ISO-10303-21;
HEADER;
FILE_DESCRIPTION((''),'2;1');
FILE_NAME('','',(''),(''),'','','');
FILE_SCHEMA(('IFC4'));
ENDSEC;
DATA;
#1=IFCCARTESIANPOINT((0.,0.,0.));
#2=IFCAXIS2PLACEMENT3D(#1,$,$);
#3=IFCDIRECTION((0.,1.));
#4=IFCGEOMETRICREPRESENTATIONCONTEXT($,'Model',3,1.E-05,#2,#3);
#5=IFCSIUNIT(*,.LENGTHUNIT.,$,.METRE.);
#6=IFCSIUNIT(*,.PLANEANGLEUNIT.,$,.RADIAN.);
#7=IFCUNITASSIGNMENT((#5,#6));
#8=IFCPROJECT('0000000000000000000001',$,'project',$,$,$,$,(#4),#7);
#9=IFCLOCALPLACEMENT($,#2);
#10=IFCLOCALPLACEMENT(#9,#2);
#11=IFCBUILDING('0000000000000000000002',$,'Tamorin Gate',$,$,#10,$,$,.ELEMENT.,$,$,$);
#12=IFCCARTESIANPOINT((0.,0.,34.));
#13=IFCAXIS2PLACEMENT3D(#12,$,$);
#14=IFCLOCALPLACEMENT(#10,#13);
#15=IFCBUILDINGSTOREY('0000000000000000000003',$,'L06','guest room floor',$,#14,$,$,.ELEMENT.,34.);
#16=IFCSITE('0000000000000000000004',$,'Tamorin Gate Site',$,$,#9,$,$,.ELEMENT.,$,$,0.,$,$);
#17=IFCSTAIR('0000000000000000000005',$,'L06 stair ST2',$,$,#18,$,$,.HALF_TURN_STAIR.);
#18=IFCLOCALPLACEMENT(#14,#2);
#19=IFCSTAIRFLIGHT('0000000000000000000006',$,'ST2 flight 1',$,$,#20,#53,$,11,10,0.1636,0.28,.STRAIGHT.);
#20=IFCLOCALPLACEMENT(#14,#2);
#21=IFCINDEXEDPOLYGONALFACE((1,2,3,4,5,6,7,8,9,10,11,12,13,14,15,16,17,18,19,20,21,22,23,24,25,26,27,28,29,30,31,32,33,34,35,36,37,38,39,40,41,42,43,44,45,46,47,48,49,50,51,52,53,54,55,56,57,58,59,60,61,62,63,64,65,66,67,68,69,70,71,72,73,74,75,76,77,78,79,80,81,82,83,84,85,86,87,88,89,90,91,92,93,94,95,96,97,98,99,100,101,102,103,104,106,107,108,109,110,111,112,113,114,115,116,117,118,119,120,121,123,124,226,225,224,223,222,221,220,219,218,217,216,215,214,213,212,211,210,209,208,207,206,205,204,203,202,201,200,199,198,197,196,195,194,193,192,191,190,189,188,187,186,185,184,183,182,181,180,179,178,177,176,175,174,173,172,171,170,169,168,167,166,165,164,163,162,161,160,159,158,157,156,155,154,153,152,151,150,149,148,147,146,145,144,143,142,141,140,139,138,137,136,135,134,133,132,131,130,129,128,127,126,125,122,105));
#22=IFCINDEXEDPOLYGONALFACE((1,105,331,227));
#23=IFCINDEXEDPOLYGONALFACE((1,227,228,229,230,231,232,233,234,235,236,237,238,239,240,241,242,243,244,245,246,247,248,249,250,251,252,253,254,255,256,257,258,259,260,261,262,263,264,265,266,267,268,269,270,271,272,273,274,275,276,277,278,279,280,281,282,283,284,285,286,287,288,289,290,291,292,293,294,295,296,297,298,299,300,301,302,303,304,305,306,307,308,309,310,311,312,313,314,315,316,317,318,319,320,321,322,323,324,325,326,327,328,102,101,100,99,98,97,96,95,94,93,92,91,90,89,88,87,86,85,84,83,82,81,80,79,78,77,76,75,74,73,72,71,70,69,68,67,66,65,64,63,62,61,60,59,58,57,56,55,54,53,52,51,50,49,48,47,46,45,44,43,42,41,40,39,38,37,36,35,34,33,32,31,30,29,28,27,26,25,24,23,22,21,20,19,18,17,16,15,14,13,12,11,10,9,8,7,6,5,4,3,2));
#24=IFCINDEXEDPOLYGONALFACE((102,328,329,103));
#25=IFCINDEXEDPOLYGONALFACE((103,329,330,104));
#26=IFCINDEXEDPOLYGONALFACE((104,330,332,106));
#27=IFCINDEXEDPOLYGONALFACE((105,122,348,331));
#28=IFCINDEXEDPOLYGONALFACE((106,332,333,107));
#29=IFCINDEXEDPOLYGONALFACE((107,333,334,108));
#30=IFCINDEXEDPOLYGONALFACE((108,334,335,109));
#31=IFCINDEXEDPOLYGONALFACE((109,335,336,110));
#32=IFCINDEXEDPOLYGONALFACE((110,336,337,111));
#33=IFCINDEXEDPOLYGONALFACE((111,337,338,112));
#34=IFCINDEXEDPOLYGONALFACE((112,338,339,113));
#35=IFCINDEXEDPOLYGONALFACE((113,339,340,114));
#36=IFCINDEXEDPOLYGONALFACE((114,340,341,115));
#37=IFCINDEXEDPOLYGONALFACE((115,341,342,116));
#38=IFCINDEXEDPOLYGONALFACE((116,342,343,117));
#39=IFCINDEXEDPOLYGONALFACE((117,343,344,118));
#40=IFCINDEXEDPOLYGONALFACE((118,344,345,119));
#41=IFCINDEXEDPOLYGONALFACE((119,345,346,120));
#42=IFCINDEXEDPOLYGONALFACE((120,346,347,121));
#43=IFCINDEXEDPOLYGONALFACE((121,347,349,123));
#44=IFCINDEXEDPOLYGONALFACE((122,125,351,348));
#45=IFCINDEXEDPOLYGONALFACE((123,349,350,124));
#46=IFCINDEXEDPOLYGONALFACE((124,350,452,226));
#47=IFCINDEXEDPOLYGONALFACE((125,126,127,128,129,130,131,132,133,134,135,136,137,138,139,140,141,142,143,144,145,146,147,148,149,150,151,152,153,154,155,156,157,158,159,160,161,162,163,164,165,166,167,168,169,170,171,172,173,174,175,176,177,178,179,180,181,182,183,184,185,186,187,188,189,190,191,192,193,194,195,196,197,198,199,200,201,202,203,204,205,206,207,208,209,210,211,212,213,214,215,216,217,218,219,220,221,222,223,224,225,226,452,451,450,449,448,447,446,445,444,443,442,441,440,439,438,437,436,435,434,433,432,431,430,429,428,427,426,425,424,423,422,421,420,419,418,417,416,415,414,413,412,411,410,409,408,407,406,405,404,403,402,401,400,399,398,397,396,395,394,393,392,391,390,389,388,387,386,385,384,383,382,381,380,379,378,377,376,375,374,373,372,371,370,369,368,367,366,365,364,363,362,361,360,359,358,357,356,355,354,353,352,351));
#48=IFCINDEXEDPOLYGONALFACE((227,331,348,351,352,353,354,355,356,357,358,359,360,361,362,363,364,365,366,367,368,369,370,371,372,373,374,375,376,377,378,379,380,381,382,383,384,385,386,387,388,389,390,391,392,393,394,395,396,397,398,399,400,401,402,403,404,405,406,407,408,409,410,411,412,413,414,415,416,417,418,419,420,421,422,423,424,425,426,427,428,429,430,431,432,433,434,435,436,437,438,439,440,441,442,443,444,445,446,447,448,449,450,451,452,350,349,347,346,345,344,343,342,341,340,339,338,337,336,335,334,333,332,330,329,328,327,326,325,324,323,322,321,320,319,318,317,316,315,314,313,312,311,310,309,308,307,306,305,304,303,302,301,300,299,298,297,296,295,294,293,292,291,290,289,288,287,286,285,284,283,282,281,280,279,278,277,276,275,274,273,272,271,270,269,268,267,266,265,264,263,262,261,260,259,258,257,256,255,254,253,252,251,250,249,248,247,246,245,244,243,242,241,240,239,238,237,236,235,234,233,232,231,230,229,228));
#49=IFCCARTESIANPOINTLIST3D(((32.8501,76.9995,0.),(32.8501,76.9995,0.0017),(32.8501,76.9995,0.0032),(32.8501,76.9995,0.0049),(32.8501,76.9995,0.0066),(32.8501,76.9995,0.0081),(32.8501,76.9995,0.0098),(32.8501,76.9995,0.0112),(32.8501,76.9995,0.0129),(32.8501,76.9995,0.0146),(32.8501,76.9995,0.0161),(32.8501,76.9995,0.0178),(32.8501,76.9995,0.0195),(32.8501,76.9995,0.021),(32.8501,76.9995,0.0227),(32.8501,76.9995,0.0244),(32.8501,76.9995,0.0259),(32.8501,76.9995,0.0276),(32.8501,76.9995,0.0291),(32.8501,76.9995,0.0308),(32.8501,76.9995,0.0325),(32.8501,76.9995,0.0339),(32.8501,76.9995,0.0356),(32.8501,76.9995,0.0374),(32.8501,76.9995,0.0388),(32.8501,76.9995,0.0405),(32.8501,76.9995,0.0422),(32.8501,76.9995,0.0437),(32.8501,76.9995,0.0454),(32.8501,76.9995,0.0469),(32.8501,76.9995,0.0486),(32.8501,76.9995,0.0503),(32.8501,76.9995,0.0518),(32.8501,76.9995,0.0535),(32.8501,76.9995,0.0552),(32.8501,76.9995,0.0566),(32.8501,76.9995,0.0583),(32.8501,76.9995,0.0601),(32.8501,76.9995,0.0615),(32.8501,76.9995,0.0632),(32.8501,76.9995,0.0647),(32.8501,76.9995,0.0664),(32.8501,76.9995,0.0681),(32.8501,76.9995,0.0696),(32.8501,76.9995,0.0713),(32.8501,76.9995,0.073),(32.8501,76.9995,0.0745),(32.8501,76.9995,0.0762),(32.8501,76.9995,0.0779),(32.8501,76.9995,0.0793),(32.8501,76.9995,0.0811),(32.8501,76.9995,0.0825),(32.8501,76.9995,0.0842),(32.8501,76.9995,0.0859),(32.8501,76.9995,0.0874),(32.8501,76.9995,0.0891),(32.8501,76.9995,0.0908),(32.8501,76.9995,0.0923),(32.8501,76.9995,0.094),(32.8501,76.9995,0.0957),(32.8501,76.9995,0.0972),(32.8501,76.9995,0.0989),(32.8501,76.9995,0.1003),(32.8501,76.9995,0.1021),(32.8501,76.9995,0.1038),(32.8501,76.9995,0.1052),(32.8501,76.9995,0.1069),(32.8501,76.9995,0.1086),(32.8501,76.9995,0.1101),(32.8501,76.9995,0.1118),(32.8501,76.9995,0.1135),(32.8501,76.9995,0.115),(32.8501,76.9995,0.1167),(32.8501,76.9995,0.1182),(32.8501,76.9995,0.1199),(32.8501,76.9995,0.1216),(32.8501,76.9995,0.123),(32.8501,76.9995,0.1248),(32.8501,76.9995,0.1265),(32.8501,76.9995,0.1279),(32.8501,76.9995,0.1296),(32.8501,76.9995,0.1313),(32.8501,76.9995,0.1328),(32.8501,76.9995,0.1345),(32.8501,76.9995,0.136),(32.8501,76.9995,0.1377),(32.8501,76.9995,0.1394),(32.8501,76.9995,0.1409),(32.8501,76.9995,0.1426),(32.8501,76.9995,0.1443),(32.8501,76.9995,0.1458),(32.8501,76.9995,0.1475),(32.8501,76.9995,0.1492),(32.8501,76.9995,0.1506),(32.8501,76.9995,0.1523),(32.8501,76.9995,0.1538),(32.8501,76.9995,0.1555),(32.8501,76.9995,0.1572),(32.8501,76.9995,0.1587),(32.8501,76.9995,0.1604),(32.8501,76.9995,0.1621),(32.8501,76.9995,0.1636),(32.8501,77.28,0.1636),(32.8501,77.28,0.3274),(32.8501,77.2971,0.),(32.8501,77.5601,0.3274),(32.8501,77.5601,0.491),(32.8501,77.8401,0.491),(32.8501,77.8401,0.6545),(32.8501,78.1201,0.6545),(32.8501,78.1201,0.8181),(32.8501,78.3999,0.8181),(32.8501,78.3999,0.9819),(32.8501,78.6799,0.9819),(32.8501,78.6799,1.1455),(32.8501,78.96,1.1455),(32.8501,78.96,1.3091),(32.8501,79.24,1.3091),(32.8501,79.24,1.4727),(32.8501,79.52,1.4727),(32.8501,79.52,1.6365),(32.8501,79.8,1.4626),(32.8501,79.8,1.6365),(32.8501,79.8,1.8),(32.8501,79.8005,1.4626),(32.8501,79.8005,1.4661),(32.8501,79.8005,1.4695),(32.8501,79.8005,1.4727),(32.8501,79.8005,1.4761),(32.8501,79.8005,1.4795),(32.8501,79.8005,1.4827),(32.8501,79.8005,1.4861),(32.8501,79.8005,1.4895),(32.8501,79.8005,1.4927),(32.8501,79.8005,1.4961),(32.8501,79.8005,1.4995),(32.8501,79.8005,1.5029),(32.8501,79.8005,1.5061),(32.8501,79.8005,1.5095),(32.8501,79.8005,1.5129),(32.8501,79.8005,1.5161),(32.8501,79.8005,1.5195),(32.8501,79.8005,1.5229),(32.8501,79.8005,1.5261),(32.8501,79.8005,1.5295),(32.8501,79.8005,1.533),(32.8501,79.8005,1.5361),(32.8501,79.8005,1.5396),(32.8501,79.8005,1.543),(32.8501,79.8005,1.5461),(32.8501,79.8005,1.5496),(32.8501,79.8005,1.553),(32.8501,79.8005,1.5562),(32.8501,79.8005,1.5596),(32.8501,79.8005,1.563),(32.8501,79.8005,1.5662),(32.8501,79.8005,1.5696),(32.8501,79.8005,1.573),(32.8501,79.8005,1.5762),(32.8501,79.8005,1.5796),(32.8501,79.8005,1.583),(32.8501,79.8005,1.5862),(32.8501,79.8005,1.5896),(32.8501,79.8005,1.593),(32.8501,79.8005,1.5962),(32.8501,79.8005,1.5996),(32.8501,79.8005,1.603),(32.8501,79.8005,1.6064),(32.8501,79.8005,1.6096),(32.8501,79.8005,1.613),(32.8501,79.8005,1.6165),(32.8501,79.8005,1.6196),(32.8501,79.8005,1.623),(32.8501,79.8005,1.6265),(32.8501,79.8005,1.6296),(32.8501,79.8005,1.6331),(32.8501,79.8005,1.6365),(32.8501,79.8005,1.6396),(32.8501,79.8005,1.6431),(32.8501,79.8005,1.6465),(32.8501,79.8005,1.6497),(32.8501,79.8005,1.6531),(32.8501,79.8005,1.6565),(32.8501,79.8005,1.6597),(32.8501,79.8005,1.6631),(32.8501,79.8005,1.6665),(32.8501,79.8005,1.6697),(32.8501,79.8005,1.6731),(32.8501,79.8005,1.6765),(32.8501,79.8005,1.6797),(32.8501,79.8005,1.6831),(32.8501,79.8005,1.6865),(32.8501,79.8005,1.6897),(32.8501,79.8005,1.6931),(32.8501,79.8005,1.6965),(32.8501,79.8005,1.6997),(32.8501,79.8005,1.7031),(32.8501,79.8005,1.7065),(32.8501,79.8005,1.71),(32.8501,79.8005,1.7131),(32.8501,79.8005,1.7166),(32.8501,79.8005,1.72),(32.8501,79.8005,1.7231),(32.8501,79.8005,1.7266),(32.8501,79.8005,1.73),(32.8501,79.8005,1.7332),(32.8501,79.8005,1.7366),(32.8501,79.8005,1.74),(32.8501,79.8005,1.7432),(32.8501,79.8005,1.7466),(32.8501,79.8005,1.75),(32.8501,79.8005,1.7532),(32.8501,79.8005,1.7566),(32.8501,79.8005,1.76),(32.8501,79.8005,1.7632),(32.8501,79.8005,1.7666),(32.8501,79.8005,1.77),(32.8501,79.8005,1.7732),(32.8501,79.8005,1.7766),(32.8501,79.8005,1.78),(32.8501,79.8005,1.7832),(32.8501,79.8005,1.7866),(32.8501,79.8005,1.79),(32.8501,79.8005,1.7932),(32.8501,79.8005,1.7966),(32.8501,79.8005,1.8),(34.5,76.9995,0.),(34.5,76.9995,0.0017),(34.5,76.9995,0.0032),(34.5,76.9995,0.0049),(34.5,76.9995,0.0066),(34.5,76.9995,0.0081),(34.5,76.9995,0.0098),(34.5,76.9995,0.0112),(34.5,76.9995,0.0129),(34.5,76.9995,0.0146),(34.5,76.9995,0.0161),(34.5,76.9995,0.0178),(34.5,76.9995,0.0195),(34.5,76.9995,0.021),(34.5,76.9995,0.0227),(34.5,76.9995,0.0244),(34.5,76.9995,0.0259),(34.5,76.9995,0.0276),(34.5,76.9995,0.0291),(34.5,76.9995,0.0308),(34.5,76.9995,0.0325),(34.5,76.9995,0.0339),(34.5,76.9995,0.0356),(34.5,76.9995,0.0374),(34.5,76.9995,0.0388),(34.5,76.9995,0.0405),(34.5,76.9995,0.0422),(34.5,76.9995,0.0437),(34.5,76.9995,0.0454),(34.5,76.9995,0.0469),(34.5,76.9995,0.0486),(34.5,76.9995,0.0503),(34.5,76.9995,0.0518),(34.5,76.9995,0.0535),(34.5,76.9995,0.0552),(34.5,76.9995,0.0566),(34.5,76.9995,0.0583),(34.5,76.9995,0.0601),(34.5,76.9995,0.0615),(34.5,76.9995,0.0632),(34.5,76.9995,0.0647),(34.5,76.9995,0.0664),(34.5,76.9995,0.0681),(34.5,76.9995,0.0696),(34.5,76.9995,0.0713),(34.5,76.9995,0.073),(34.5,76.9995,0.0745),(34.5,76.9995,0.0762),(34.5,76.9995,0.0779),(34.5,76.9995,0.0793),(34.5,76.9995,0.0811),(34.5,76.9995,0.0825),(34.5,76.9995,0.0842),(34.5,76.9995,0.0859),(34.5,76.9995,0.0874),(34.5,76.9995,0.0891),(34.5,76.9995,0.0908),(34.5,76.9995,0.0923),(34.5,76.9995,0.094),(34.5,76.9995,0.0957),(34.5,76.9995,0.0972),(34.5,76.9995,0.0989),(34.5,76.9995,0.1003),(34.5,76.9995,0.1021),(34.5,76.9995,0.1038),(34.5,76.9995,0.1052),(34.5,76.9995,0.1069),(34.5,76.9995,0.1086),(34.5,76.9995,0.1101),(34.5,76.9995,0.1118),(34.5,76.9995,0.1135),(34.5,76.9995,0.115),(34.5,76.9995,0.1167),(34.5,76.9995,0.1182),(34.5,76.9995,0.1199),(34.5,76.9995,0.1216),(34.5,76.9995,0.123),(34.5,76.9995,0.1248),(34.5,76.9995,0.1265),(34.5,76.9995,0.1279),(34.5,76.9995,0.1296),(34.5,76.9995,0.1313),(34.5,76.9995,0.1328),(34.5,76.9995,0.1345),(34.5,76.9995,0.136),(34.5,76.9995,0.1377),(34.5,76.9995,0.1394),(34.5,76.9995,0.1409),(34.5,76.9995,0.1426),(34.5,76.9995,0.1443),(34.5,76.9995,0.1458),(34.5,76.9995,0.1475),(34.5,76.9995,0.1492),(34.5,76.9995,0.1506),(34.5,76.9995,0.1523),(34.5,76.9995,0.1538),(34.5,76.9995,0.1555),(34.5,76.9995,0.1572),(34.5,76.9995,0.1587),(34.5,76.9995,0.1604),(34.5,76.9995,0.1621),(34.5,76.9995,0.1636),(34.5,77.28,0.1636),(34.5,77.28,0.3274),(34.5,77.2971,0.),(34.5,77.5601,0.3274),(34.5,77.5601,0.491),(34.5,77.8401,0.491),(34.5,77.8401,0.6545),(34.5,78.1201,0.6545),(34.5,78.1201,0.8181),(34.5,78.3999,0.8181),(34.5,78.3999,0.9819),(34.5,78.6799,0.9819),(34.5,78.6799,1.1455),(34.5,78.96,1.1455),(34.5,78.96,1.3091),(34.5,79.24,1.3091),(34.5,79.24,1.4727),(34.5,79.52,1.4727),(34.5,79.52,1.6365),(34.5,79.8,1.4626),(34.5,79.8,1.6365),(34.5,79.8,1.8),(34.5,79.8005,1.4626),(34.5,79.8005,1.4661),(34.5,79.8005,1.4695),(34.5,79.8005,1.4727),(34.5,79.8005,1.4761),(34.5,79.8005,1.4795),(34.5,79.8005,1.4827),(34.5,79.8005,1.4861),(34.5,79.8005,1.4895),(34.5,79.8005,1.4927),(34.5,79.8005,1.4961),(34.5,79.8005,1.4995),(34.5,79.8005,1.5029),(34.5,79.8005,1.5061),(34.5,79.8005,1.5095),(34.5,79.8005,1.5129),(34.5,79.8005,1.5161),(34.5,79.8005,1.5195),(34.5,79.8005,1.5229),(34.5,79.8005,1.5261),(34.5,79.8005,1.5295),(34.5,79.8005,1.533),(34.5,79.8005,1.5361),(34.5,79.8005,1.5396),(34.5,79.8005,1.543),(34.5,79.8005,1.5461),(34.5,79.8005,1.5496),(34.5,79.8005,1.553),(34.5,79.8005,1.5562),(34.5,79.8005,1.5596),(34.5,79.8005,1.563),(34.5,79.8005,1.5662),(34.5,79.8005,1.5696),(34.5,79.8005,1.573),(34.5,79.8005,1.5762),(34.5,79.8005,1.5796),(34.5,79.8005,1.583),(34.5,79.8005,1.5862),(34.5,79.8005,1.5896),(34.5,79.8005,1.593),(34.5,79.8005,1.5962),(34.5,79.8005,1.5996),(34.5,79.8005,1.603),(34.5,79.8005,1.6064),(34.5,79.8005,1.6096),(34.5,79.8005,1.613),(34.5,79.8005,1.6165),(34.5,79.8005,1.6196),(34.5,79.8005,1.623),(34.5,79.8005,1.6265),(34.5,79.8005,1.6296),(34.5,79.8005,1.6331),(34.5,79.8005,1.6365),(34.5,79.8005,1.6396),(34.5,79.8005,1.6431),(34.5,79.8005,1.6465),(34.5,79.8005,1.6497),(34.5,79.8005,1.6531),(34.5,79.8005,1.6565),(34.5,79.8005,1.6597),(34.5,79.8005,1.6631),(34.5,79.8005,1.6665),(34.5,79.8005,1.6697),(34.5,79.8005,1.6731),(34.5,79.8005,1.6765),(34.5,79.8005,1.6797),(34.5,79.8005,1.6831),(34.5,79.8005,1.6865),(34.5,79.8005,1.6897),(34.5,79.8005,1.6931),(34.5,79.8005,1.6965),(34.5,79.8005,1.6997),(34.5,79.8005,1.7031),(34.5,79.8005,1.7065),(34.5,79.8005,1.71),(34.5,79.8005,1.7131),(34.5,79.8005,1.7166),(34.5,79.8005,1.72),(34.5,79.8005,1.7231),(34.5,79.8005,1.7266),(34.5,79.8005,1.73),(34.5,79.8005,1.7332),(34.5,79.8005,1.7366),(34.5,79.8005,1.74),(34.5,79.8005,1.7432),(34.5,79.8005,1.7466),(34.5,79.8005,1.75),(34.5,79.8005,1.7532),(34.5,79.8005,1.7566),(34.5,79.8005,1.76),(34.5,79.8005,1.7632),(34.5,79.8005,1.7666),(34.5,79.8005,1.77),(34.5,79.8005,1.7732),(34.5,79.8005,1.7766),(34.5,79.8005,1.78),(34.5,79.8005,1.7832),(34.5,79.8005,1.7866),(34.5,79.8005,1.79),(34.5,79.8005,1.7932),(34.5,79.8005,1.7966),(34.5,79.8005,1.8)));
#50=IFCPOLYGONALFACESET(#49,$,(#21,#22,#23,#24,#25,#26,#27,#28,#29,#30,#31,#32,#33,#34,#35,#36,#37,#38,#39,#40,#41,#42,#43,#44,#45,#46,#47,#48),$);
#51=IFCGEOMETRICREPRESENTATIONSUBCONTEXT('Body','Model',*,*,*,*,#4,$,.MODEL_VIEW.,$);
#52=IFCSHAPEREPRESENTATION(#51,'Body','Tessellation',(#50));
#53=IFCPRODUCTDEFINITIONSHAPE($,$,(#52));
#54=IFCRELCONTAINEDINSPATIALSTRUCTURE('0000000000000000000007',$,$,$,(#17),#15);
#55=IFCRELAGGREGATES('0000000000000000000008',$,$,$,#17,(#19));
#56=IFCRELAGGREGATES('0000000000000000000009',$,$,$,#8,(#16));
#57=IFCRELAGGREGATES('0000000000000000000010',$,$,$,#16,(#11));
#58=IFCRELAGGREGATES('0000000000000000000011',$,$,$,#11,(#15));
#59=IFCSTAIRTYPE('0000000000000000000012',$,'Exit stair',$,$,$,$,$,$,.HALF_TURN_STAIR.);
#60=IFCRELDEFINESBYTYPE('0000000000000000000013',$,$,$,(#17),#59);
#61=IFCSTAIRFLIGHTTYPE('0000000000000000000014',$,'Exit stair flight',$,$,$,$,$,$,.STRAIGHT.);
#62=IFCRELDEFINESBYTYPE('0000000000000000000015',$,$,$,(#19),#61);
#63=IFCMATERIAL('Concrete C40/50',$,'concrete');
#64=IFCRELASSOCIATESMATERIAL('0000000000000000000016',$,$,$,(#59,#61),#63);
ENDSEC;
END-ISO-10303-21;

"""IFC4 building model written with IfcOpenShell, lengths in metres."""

from ifc_helpers import new_model, si_unit, direction, frame, origin, place, context, subcontext, project, spatial, polyline, outline, extrude, material, type_object, element, aggregate, save


model = new_model("IFC4")

# Units and contexts
model_context = context("Model", 3, precision=1e-05, world=origin(), true_north=direction((0.0, 1.0)))
body_context = subcontext(model_context, "Body", "Model", "MODEL_VIEW")
ifc_project = project(units=[si_unit("LENGTHUNIT", "METRE"), si_unit("PLANEANGLEUNIT", "RADIAN")], contexts=[model_context])

# Site, building, storey
site_placement = place(None, origin())
site = spatial("IfcSite", under=ifc_project, at=site_placement, Name="Tamorin Gate Site", CompositionType="ELEMENT", RefElevation=0.0)
building_placement = place(site_placement, origin())
building = spatial("IfcBuilding", under=site, at=building_placement, Name="Tamorin Gate", CompositionType="ELEMENT")
storey_placement = place(building_placement, frame((0.0, 0.0, 34.0)))
storey = spatial("IfcBuildingStorey", under=building, at=storey_placement, Name="L06", Description="guest room floor", CompositionType="ELEMENT", Elevation=34.0)

# Stair, stair flight
ifc_material_1 = material(Name="Concrete C40/50", Category="concrete")
stair_type = type_object("IfcStairType", Name="Exit stair", PredefinedType="HALF_TURN_STAIR", material=ifc_material_1)
stair_placement = place(storey_placement, origin())
stair = element("IfcStair", 1, at=stair_placement, inside=storey, type_object=stair_type, Name="L06 stair ST2", PredefinedType="HALF_TURN_STAIR")
stair_flight_type = type_object("IfcStairFlightType", Name="Exit stair flight", PredefinedType="STRAIGHT", material=ifc_material_1)
stair_flight_1_placement = place(storey_placement, frame((33.675, 77.0, 0.0), z_axis=(0.0, 0.0, 1.0), x_axis=(0.0, 1.0, 0.0)))
stair_flight_1 = element("IfcStairFlight", 2, at=stair_flight_1_placement, type_object=stair_flight_type, Name="ST2 flight 1", NumberOfRisers=11, NumberOfTreads=10, PredefinedType="STRAIGHT", RiserHeight=0.1636, TreadLength=0.28, context=body_context, shape_type="SweptSolid", body=[
    extrude(outline(polyline([(-0.0005, 0.0), (-0.0005, 0.0017), (-0.0005, 0.0032), (-0.0005, 0.0049), (-0.0005, 0.0066), (-0.0005, 0.0081), (-0.0005, 0.0098), (-0.0005, 0.0112), (-0.0005, 0.0129), (-0.0005, 0.0146), (-0.0005, 0.0161), (-0.0005, 0.0178), (-0.0005, 0.0195), (-0.0005, 0.021), (-0.0005, 0.0227), (-0.0005, 0.0244), (-0.0005, 0.0259), (-0.0005, 0.0276), (-0.0005, 0.0291), (-0.0005, 0.0308), (-0.0005, 0.0325), (-0.0005, 0.0339), (-0.0005, 0.0356), (-0.0005, 0.0374), (-0.0005, 0.0388), (-0.0005, 0.0405), (-0.0005, 0.0422), (-0.0005, 0.0437), (-0.0005, 0.0454), (-0.0005, 0.0469), (-0.0005, 0.0486), (-0.0005, 0.0503), (-0.0005, 0.0518), (-0.0005, 0.0535), (-0.0005, 0.0552), (-0.0005, 0.0566), (-0.0005, 0.0583), (-0.0005, 0.0601), (-0.0005, 0.0615), (-0.0005, 0.0632), (-0.0005, 0.0647), (-0.0005, 0.0664), (-0.0005, 0.0681), (-0.0005, 0.0696), (-0.0005, 0.0713), (-0.0005, 0.073), (-0.0005, 0.0745), (-0.0005, 0.0762), (-0.0005, 0.0779), (-0.0005, 0.0793), (-0.0005, 0.0811), (-0.0005, 0.0825), (-0.0005, 0.0842), (-0.0005, 0.0859), (-0.0005, 0.0874), (-0.0005, 0.0891), (-0.0005, 0.0908), (-0.0005, 0.0923), (-0.0005, 0.094), (-0.0005, 0.0957), (-0.0005, 0.0972), (-0.0005, 0.0989), (-0.0005, 0.1003), (-0.0005, 0.1021), (-0.0005, 0.1038), (-0.0005, 0.1052), (-0.0005, 0.1069), (-0.0005, 0.1086), (-0.0005, 0.1101), (-0.0005, 0.1118), (-0.0005, 0.1135), (-0.0005, 0.115), (-0.0005, 0.1167), (-0.0005, 0.1182), (-0.0005, 0.1199), (-0.0005, 0.1216), (-0.0005, 0.123), (-0.0005, 0.1248), (-0.0005, 0.1265), (-0.0005, 0.1279), (-0.0005, 0.1296), (-0.0005, 0.1313), (-0.0005, 0.1328), (-0.0005, 0.1345), (-0.0005, 0.136), (-0.0005, 0.1377), (-0.0005, 0.1394), (-0.0005, 0.1409), (-0.0005, 0.1426), (-0.0005, 0.1443), (-0.0005, 0.1458), (-0.0005, 0.1475), (-0.0005, 0.1492), (-0.0005, 0.1506), (-0.0005, 0.1523), (-0.0005, 0.1538), (-0.0005, 0.1555), (-0.0005, 0.1572), (-0.0005, 0.1587), (-0.0005, 0.1604), (-0.0005, 0.1621), (-0.0005, 0.1636), (0.28, 0.1636), (0.28, 0.3274), (0.5601, 0.3274), (0.5601, 0.491), (0.8401, 0.491), (0.8401, 0.6545), (1.1201, 0.6545), (1.1201, 0.8181), (1.3999, 0.8181), (1.3999, 0.9819), (1.6799, 0.9819), (1.6799, 1.1455), (1.96, 1.1455), (1.96, 1.3091), (2.24, 1.3091), (2.24, 1.4727), (2.52, 1.4727), (2.52, 1.6365), (2.8, 1.6365), (2.8, 1.8), (2.8005, 1.8), (2.8005, 1.7966), (2.8005, 1.7932), (2.8005, 1.79), (2.8005, 1.7866), (2.8005, 1.7832), (2.8005, 1.78), (2.8005, 1.7766), (2.8005, 1.7732), (2.8005, 1.77), (2.8005, 1.7666), (2.8005, 1.7632), (2.8005, 1.76), (2.8005, 1.7566), (2.8005, 1.7532), (2.8005, 1.75), (2.8005, 1.7466), (2.8005, 1.7432), (2.8005, 1.74), (2.8005, 1.7366), (2.8005, 1.7332), (2.8005, 1.73), (2.8005, 1.7266), (2.8005, 1.7231), (2.8005, 1.72), (2.8005, 1.7166), (2.8005, 1.7131), (2.8005, 1.71), (2.8005, 1.7065), (2.8005, 1.7031), (2.8005, 1.6997), (2.8005, 1.6965), (2.8005, 1.6931), (2.8005, 1.6897), (2.8005, 1.6865), (2.8005, 1.6831), (2.8005, 1.6797), (2.8005, 1.6765), (2.8005, 1.6731), (2.8005, 1.6697), (2.8005, 1.6665), (2.8005, 1.6631), (2.8005, 1.6597), (2.8005, 1.6565), (2.8005, 1.6531), (2.8005, 1.6497), (2.8005, 1.6465), (2.8005, 1.6431), (2.8005, 1.6396), (2.8005, 1.6365), (2.8005, 1.6331), (2.8005, 1.6296), (2.8005, 1.6265), (2.8005, 1.623), (2.8005, 1.6196), (2.8005, 1.6165), (2.8005, 1.613), (2.8005, 1.6096), (2.8005, 1.6064), (2.8005, 1.603), (2.8005, 1.5996), (2.8005, 1.5962), (2.8005, 1.593), (2.8005, 1.5896), (2.8005, 1.5862), (2.8005, 1.583), (2.8005, 1.5796), (2.8005, 1.5762), (2.8005, 1.573), (2.8005, 1.5696), (2.8005, 1.5662), (2.8005, 1.563), (2.8005, 1.5596), (2.8005, 1.5562), (2.8005, 1.553), (2.8005, 1.5496), (2.8005, 1.5461), (2.8005, 1.543), (2.8005, 1.5396), (2.8005, 1.5361), (2.8005, 1.533), (2.8005, 1.5295), (2.8005, 1.5261), (2.8005, 1.5229), (2.8005, 1.5195), (2.8005, 1.5161), (2.8005, 1.5129), (2.8005, 1.5095), (2.8005, 1.5061), (2.8005, 1.5029), (2.8005, 1.4995), (2.8005, 1.4961), (2.8005, 1.4927), (2.8005, 1.4895), (2.8005, 1.4861), (2.8005, 1.4827), (2.8005, 1.4795), (2.8005, 1.4761), (2.8005, 1.4727), (2.8005, 1.4695), (2.8005, 1.4661), (2.8005, 1.4626), (2.8, 1.4626), (0.2971, 0.0), (-0.0005, 0.0)])), frame((0.0, 0.825, 0.0), z_axis=(0.0, -1.0, 0.0), x_axis=(1.0, 0.0, 0.0)), (0.0, 0.0, 1.0), 1.6499),
])
aggregate(stair, [stair_flight_1])

save(model, "model.ifc")
